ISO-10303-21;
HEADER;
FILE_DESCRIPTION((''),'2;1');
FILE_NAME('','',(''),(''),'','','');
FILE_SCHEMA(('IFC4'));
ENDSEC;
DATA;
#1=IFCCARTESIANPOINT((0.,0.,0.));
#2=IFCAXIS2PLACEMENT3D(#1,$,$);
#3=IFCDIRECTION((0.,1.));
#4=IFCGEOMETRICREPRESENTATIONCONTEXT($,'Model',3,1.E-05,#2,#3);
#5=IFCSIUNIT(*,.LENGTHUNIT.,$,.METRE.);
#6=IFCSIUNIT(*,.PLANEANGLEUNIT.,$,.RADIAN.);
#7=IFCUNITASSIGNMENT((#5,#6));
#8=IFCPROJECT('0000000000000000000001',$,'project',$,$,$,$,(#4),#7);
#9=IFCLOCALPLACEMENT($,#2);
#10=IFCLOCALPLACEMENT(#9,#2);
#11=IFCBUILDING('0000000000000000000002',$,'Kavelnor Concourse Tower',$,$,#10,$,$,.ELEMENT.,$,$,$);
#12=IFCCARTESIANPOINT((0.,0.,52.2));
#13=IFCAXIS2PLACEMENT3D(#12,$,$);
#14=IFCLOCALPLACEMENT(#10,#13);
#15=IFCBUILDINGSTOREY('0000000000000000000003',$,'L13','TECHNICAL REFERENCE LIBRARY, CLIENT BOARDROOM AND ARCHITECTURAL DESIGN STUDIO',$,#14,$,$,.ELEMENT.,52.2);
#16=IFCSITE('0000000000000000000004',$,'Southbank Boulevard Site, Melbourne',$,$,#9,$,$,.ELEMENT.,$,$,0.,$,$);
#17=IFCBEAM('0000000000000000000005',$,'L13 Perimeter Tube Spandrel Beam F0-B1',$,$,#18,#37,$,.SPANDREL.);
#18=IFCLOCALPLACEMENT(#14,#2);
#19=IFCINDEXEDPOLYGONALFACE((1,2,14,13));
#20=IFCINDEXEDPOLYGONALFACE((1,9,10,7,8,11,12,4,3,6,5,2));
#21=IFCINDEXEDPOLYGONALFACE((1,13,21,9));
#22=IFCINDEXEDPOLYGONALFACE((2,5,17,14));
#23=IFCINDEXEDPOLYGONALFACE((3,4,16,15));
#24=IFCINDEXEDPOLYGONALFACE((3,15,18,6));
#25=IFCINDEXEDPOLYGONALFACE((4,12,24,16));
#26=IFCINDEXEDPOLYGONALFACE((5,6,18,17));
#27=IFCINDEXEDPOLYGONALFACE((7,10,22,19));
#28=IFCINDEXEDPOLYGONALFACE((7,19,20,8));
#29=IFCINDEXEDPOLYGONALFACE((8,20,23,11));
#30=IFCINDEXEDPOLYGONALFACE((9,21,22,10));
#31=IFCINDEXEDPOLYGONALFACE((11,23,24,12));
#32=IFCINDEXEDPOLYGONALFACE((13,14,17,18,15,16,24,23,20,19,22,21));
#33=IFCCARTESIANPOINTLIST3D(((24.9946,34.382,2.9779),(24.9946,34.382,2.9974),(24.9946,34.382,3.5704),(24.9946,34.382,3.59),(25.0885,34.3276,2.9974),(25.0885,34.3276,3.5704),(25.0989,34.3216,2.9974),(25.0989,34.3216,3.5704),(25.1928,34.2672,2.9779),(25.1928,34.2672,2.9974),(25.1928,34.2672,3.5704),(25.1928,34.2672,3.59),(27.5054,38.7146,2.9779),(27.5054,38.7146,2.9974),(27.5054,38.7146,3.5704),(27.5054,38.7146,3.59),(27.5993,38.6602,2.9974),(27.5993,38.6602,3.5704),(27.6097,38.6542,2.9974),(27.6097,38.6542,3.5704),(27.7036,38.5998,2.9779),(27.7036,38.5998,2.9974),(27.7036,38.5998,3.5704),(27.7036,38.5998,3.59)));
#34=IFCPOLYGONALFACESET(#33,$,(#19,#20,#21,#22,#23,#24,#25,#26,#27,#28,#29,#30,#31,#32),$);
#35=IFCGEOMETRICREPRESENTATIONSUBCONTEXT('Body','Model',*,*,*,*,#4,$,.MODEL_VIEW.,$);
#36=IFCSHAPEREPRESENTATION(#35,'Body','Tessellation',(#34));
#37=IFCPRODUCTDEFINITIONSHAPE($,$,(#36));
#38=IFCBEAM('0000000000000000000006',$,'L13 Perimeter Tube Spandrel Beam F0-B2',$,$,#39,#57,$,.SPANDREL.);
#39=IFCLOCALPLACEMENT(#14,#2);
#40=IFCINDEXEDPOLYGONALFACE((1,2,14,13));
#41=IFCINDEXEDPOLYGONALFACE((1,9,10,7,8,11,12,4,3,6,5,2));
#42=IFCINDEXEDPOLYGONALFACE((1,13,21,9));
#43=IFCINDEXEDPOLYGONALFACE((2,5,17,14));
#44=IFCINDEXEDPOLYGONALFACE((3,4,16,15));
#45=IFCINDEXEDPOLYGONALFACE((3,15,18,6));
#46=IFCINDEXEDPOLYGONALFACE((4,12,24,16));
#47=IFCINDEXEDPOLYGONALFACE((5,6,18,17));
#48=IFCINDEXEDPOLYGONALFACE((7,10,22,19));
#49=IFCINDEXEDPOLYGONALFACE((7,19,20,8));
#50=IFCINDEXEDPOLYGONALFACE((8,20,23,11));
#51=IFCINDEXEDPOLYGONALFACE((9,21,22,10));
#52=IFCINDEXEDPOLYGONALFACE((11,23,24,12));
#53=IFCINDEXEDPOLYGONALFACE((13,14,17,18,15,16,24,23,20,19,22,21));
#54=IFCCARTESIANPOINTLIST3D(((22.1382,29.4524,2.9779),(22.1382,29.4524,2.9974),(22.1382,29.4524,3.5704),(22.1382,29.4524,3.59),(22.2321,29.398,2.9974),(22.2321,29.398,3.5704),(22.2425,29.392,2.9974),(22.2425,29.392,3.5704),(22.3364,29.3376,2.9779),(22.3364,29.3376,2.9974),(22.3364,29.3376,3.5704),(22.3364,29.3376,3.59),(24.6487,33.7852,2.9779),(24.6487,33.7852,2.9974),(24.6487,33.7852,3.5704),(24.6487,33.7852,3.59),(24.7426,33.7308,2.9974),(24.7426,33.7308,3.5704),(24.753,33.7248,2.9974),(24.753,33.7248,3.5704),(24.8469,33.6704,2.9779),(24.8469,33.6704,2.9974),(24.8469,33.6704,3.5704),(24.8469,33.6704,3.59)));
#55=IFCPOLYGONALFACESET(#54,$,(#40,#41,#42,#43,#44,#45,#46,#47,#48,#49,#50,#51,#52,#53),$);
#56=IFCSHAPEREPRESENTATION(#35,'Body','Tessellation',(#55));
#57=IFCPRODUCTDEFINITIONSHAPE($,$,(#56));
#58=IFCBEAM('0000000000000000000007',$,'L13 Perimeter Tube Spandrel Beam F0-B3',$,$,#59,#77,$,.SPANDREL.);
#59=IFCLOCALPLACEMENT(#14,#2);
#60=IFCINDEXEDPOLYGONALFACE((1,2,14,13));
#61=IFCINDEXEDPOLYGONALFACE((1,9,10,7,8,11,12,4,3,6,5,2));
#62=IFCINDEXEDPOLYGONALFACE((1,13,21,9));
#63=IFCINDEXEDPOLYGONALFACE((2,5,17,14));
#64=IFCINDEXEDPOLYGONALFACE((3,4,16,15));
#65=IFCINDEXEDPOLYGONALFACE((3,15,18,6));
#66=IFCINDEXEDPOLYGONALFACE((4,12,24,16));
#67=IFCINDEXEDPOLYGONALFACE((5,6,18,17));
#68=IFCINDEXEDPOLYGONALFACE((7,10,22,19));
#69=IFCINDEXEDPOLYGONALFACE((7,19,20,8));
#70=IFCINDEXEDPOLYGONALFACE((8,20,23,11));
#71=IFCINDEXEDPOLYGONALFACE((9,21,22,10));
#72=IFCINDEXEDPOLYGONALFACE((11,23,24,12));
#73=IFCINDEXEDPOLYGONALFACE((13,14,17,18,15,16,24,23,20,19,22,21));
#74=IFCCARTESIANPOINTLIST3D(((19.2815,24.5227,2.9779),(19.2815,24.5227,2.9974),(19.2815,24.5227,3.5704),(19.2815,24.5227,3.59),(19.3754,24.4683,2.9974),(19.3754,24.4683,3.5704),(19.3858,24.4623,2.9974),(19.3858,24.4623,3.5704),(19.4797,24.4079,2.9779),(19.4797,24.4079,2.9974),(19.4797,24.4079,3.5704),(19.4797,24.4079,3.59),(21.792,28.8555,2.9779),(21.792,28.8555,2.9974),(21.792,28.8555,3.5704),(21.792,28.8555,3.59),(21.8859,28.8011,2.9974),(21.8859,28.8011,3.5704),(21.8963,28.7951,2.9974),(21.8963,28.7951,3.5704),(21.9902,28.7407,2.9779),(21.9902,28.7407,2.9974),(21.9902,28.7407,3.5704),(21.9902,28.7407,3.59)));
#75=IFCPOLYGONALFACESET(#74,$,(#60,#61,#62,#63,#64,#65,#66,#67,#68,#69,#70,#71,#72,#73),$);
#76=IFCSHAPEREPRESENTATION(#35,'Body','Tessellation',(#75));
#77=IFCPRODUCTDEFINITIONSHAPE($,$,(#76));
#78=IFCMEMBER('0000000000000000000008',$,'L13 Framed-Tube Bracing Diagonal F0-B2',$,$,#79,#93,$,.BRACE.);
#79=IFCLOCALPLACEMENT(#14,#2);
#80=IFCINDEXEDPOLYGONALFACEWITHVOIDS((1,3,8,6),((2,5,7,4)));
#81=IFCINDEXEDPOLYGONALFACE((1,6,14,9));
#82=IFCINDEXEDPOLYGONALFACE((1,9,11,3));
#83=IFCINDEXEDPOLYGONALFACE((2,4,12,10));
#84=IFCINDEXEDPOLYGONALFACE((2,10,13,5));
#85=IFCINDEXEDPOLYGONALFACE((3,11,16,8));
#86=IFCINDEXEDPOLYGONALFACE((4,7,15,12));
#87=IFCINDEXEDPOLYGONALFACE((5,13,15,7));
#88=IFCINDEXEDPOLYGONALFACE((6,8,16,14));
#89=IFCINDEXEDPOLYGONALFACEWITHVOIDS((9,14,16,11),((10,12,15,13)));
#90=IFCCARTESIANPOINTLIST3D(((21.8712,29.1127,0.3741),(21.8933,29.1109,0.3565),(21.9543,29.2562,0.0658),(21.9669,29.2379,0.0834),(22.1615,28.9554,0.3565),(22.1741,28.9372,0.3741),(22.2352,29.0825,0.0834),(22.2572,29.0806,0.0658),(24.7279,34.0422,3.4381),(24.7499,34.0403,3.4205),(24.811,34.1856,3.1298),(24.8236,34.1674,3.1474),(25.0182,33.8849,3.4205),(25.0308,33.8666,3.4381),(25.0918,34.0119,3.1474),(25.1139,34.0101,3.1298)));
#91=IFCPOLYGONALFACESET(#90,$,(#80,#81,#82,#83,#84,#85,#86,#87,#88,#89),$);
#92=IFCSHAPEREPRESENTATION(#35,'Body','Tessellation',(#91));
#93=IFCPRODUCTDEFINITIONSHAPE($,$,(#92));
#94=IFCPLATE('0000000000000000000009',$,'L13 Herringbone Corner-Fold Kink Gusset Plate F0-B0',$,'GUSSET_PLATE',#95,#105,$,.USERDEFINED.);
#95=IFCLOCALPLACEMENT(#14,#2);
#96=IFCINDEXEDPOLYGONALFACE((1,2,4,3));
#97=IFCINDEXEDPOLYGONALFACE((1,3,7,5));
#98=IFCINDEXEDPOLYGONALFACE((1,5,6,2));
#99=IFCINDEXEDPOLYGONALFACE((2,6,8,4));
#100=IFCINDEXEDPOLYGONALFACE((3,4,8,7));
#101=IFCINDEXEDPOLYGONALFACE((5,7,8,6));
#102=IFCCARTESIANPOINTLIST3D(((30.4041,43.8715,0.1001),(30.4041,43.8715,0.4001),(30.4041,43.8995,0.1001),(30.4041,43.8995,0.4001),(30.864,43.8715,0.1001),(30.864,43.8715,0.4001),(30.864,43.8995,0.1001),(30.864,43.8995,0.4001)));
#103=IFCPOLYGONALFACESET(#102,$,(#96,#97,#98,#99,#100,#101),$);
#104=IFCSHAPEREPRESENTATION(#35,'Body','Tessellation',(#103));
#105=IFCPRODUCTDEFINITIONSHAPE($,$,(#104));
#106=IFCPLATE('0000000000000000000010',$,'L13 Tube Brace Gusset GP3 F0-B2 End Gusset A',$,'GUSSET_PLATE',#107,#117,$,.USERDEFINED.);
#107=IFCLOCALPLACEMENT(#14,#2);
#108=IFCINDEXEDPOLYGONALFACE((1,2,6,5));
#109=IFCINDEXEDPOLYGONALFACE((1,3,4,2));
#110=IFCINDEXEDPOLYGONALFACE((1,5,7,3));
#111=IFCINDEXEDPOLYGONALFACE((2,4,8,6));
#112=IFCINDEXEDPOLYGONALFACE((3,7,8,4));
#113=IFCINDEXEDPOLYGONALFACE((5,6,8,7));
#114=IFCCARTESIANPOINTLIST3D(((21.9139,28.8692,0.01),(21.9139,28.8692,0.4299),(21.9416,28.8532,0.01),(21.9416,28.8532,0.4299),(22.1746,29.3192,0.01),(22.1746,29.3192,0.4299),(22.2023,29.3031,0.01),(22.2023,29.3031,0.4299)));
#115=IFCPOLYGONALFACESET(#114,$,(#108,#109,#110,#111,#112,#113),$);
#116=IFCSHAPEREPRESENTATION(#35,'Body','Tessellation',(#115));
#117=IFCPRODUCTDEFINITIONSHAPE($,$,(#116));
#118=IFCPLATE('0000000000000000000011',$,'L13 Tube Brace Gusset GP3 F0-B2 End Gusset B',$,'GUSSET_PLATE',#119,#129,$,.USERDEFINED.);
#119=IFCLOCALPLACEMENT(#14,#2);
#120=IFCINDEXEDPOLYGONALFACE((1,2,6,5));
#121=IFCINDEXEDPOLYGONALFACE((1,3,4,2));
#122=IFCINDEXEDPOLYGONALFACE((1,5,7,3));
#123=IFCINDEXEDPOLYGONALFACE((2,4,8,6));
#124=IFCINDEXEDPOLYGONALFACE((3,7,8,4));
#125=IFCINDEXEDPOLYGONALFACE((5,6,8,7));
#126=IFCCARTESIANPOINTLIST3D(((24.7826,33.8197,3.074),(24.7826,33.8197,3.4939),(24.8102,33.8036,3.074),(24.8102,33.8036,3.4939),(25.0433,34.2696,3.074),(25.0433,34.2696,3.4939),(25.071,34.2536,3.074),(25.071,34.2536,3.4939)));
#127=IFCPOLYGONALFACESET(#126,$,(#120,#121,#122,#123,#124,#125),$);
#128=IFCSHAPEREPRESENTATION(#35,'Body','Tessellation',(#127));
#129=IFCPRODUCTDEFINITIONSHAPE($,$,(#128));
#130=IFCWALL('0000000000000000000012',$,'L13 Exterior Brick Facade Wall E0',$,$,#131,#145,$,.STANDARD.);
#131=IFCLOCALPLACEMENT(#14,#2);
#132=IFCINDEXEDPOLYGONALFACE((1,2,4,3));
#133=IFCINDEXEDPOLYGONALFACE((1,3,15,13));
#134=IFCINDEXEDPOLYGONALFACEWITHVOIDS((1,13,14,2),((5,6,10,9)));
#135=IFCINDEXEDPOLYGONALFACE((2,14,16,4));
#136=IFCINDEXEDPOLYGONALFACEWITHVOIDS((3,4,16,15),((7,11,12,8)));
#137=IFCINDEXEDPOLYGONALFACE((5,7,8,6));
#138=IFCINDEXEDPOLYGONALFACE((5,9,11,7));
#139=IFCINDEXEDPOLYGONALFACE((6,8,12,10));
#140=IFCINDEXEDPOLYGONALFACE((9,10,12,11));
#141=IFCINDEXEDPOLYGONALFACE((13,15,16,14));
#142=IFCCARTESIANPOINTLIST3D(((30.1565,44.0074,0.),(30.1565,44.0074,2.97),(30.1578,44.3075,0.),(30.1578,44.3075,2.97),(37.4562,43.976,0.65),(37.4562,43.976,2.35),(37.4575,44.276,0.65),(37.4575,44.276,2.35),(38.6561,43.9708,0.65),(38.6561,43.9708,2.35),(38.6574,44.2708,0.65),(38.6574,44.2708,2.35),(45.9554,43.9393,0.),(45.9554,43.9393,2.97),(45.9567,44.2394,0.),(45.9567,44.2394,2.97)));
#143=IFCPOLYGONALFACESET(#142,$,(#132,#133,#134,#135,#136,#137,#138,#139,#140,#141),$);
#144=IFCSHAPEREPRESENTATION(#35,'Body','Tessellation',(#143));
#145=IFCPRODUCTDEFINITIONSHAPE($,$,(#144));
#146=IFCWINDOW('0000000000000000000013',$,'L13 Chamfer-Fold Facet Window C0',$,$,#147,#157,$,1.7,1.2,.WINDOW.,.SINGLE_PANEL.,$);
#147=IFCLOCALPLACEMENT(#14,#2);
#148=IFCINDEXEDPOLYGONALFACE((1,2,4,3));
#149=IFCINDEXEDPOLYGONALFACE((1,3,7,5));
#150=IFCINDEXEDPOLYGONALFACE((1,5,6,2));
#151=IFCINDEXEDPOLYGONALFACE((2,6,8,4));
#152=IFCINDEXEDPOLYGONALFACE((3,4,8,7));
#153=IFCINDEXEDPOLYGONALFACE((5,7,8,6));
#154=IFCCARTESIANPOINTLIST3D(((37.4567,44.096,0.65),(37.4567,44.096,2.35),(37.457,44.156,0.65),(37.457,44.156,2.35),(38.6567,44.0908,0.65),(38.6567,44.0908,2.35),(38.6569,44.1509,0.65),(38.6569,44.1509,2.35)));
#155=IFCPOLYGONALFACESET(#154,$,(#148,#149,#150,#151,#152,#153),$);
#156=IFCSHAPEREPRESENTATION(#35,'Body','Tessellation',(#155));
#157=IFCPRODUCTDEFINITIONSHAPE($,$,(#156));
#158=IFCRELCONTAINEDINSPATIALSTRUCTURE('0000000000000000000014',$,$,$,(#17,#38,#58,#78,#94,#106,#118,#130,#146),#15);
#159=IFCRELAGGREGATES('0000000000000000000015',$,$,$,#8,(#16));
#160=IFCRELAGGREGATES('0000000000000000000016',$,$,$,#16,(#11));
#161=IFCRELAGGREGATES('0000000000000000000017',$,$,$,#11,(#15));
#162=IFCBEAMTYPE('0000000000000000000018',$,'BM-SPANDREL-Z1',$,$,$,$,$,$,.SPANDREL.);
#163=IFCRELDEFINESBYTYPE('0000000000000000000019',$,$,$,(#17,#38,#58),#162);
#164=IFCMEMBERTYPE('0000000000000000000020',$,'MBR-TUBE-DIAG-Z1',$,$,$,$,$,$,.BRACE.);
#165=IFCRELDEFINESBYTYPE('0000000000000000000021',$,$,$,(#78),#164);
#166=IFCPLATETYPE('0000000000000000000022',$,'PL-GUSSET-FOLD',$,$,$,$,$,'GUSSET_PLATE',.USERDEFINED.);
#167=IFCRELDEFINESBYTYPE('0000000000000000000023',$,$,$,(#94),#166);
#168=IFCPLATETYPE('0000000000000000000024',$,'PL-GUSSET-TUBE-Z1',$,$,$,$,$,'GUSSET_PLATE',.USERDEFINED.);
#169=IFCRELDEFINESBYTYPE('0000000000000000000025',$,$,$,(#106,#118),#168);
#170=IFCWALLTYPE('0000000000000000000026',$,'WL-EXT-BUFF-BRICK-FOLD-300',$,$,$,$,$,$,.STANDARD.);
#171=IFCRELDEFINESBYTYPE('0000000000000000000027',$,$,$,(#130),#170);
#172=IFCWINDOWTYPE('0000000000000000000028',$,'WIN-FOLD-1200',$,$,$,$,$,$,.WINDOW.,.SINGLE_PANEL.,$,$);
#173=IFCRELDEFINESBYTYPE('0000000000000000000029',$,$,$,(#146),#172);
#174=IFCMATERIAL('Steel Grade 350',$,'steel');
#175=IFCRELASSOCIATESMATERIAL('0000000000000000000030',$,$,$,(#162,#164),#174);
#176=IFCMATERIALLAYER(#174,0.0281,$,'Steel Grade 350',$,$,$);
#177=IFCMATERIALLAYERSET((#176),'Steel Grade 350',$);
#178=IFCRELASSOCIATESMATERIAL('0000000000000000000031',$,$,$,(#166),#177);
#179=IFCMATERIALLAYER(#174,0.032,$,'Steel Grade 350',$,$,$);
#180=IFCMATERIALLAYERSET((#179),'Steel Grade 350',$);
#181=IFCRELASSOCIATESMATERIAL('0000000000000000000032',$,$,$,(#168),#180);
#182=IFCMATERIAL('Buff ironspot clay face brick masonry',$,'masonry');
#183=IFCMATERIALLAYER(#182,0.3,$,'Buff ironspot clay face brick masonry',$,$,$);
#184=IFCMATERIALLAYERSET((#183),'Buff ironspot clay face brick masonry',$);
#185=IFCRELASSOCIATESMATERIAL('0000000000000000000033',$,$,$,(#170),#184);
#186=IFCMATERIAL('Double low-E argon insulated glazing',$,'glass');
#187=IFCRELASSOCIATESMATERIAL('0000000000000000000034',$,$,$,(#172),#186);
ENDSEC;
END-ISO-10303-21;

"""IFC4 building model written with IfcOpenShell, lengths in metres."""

from ifc_helpers import new_model, si_unit, direction, frame, frame_2d, origin, origin_2d, place, context, subcontext, project, spatial, rectangle, hollow_rectangle, i_section, extrude, material, layer, layer_set, material_profile, profile_set, type_object, element, fill, save


model = new_model("IFC4")

# Units and contexts
model_context = context("Model", 3, precision=1e-05, world=origin(), true_north=direction((0.0, 1.0)))
body_context = subcontext(model_context, "Body", "Model", "MODEL_VIEW")
ifc_project = project(units=[si_unit("LENGTHUNIT", "METRE"), si_unit("PLANEANGLEUNIT", "RADIAN")], contexts=[model_context])

# Site, building, storey
site_placement = place(None, origin())
site = spatial("IfcSite", under=ifc_project, at=site_placement, Name="Southbank Boulevard Site, Melbourne", CompositionType="ELEMENT", RefElevation=0.0)
building_placement = place(site_placement, origin())
building = spatial("IfcBuilding", under=site, at=building_placement, Name="Kavelnor Concourse Tower", CompositionType="ELEMENT")
storey_placement = place(building_placement, frame((0.0, 0.0, 52.2)))
storey = spatial("IfcBuildingStorey", under=building, at=storey_placement, Name="L13", Description="TECHNICAL REFERENCE LIBRARY, CLIENT BOARDROOM AND ARCHITECTURAL DESIGN STUDIO", CompositionType="ELEMENT", Elevation=52.2)

# Shared definitions
ifc_material_1 = material(Name="Steel Grade 350", Category="steel")

# Beams
ifc_material_profile_1 = material_profile(ifc_material_1, i_section(OverallWidth=0.229, OverallDepth=0.6121, WebThickness=0.012, FlangeThickness=0.0195, at=origin_2d()), Name="610UB125")
ifc_profile_set_1 = profile_set([ifc_material_profile_1], Name="Steel Grade 350")
beam_type_1 = type_object("IfcBeamType", Name="BM-SPANDREL-Z1", PredefinedType="SPANDREL", material=ifc_profile_set_1)
for number, where, z_axis, x_axis, name in (
    (1, (27.6045, 38.6572, 3.2839), (-0.501401, -0.865215, 0.0), (0.865215, -0.501401, 0.0), "L13 Perimeter Tube Spandrel Beam F0-B1"),
    (2, (24.7478, 33.7278, 3.2839), (-0.501344, -0.865248, 0.0), (0.865248, -0.501344, 0.0), "L13 Perimeter Tube Spandrel Beam F0-B2"),
    (3, (21.8911, 28.7981, 3.2839), (-0.501344, -0.865248, 0.0), (0.865248, -0.501344, 0.0), "L13 Perimeter Tube Spandrel Beam F0-B3"),
):
    element("IfcBeam", number, at=place(storey_placement, frame(where, z_axis=z_axis, x_axis=x_axis)), inside=storey, type_object=beam_type_1, Name=name, PredefinedType="SPANDREL", context=body_context, shape_type="SweptSolid", body=[
        extrude(i_section(OverallWidth=0.229, OverallDepth=0.6121, WebThickness=0.012, FlangeThickness=0.0195, at=origin_2d()), origin(), (0.0, 0.0, 1.0), 5.0076),
    ])

# Member
ifc_material_profile_2 = material_profile(ifc_material_1, hollow_rectangle(XDim=0.3501, YDim=0.3501, WallThickness=0.02, at=origin_2d()), Name="SHS 350x350x20")
ifc_profile_set_2 = profile_set([ifc_material_profile_2], Name="Steel Grade 350")
member_type = type_object("IfcMemberType", Name="MBR-TUBE-DIAG-Z1", PredefinedType="BRACE", material=ifc_profile_set_2)
member_placement = place(storey_placement, frame((22.0642, 29.0967, 0.22), z_axis=(0.441597, 0.76201, 0.473638), x_axis=(-0.865213, 0.501404, 0.0)))
element("IfcMember", 4, at=member_placement, inside=storey, type_object=member_type, Name="L13 Framed-Tube Bracing Diagonal F0-B2", PredefinedType="BRACE", context=body_context, shape_type="SweptSolid", body=[
    extrude(hollow_rectangle(XDim=0.3501, YDim=0.3501, WallThickness=0.02, at=origin_2d()), origin(), (0.0, 0.0, 1.0), 6.469),
])

# Plates
ifc_layer_1 = layer(ifc_material_1, 0.0281, Name="Steel Grade 350")
ifc_layer_set_1 = layer_set([ifc_layer_1], Name="Steel Grade 350")
plate_type_1 = type_object("IfcPlateType", Name="PL-GUSSET-FOLD", ElementType="GUSSET_PLATE", PredefinedType="USERDEFINED", material=ifc_layer_set_1)
plate_placement = place(storey_placement, frame((30.634, 43.8855, 0.1001), z_axis=(0.0, 0.0, 1.0), x_axis=(1.0, 0.0, 0.0)))
element("IfcPlate", 5, at=plate_placement, inside=storey, type_object=plate_type_1, Name="L13 Herringbone Corner-Fold Kink Gusset Plate F0-B0", ObjectType="GUSSET_PLATE", PredefinedType="USERDEFINED", context=body_context, shape_type="SweptSolid", body=[
    extrude(rectangle(XDim=0.46, YDim=0.0281, at=origin_2d()), origin(), (0.0, 0.0, 1.0), 0.3),
])
ifc_layer_2 = layer(ifc_material_1, 0.032, Name="Steel Grade 350")
ifc_layer_set_2 = layer_set([ifc_layer_2], Name="Steel Grade 350")
plate_type_2 = type_object("IfcPlateType", Name="PL-GUSSET-TUBE-Z1", ElementType="GUSSET_PLATE", PredefinedType="USERDEFINED", material=ifc_layer_set_2)
for number, where, z_axis, x_axis, name in (
    (6, (22.0581, 29.0862, 0.01), (0.0, 0.0, 1.0), (0.50136, 0.865239, 0.0), "L13 Tube Brace Gusset GP3 F0-B2 End Gusset A"),
    (7, (24.9268, 34.0366, 3.074), (0.0, 0.0, 1.0), (0.50136, 0.865239, 0.0), "L13 Tube Brace Gusset GP3 F0-B2 End Gusset B"),
):
    element("IfcPlate", number, at=place(storey_placement, frame(where, z_axis=z_axis, x_axis=x_axis)), inside=storey, type_object=plate_type_2, Name=name, ObjectType="GUSSET_PLATE", PredefinedType="USERDEFINED", context=body_context, shape_type="SweptSolid", body=[
        extrude(rectangle(XDim=0.52, YDim=0.032, at=origin_2d()), origin(), (0.0, 0.0, 1.0), 0.4199),
    ])

# Wall, opening, window
ifc_material_2 = material(Name="Buff ironspot clay face brick masonry", Category="masonry")
ifc_layer_3 = layer(ifc_material_2, 0.3, Name="Buff ironspot clay face brick masonry")
ifc_layer_set_3 = layer_set([ifc_layer_3], Name="Buff ironspot clay face brick masonry")
wall_type_1 = type_object("IfcWallType", Name="WL-EXT-BUFF-BRICK-FOLD-300", PredefinedType="STANDARD", material=ifc_layer_set_3)
wall_1_placement = place(storey_placement, frame((30.1572, 44.1575, 0.0), z_axis=(0.0, 0.0, 1.0), x_axis=(0.999991, -0.004311, 0.0)))
wall_1 = element("IfcWall", 8, at=wall_1_placement, inside=storey, type_object=wall_type_1, Name="L13 Exterior Brick Facade Wall E0", PredefinedType="STANDARD", context=body_context, shape_type="SweptSolid", body=[
    extrude(rectangle(XDim=15.7991, YDim=0.3, at=frame_2d((7.8994, 0.0))), origin(), (0.0, 0.0, 1.0), 2.97),
])
opening_1_placement = place(wall_1_placement, frame((7.2996, 0.0, 0.6499)))
opening_1 = element("IfcOpeningElement", 9, at=opening_1_placement, cuts=wall_1, PredefinedType="OPENING", context=body_context, shape_type="SweptSolid", body=[
    extrude(rectangle(XDim=1.2, YDim=1.7, at=frame_2d((0.6001, 0.8501))), frame((0.0, 0.1602, 0.0), z_axis=(0.0, -1.0, 0.0), x_axis=(1.0, 0.0, 0.0)), (0.0, 0.0, 1.0), 0.3201),
])
ifc_material_3 = material(Name="Double low-E argon insulated glazing", Category="glass")
window_type = type_object("IfcWindowType", Name="WIN-FOLD-1200", PartitioningType="SINGLE_PANEL", PredefinedType="WINDOW", material=ifc_material_3)
window_placement = place(opening_1_placement, origin())
window = element("IfcWindow", 10, at=window_placement, inside=storey, type_object=window_type, Name="L13 Chamfer-Fold Facet Window C0", OverallHeight=1.7, OverallWidth=1.2, PartitioningType="SINGLE_PANEL", PredefinedType="WINDOW", context=body_context, shape_type="SweptSolid", body=[
    extrude(rectangle(XDim=1.2, YDim=1.7, at=frame_2d((0.6001, 0.8501))), frame((0.0, 0.03, 0.0), z_axis=(0.0, -1.0, 0.0), x_axis=(1.0, 0.0, 0.0)), (0.0, 0.0, 1.0), 0.0601),
])
fill(opening_1, window)

save(model, "model.ifc")
